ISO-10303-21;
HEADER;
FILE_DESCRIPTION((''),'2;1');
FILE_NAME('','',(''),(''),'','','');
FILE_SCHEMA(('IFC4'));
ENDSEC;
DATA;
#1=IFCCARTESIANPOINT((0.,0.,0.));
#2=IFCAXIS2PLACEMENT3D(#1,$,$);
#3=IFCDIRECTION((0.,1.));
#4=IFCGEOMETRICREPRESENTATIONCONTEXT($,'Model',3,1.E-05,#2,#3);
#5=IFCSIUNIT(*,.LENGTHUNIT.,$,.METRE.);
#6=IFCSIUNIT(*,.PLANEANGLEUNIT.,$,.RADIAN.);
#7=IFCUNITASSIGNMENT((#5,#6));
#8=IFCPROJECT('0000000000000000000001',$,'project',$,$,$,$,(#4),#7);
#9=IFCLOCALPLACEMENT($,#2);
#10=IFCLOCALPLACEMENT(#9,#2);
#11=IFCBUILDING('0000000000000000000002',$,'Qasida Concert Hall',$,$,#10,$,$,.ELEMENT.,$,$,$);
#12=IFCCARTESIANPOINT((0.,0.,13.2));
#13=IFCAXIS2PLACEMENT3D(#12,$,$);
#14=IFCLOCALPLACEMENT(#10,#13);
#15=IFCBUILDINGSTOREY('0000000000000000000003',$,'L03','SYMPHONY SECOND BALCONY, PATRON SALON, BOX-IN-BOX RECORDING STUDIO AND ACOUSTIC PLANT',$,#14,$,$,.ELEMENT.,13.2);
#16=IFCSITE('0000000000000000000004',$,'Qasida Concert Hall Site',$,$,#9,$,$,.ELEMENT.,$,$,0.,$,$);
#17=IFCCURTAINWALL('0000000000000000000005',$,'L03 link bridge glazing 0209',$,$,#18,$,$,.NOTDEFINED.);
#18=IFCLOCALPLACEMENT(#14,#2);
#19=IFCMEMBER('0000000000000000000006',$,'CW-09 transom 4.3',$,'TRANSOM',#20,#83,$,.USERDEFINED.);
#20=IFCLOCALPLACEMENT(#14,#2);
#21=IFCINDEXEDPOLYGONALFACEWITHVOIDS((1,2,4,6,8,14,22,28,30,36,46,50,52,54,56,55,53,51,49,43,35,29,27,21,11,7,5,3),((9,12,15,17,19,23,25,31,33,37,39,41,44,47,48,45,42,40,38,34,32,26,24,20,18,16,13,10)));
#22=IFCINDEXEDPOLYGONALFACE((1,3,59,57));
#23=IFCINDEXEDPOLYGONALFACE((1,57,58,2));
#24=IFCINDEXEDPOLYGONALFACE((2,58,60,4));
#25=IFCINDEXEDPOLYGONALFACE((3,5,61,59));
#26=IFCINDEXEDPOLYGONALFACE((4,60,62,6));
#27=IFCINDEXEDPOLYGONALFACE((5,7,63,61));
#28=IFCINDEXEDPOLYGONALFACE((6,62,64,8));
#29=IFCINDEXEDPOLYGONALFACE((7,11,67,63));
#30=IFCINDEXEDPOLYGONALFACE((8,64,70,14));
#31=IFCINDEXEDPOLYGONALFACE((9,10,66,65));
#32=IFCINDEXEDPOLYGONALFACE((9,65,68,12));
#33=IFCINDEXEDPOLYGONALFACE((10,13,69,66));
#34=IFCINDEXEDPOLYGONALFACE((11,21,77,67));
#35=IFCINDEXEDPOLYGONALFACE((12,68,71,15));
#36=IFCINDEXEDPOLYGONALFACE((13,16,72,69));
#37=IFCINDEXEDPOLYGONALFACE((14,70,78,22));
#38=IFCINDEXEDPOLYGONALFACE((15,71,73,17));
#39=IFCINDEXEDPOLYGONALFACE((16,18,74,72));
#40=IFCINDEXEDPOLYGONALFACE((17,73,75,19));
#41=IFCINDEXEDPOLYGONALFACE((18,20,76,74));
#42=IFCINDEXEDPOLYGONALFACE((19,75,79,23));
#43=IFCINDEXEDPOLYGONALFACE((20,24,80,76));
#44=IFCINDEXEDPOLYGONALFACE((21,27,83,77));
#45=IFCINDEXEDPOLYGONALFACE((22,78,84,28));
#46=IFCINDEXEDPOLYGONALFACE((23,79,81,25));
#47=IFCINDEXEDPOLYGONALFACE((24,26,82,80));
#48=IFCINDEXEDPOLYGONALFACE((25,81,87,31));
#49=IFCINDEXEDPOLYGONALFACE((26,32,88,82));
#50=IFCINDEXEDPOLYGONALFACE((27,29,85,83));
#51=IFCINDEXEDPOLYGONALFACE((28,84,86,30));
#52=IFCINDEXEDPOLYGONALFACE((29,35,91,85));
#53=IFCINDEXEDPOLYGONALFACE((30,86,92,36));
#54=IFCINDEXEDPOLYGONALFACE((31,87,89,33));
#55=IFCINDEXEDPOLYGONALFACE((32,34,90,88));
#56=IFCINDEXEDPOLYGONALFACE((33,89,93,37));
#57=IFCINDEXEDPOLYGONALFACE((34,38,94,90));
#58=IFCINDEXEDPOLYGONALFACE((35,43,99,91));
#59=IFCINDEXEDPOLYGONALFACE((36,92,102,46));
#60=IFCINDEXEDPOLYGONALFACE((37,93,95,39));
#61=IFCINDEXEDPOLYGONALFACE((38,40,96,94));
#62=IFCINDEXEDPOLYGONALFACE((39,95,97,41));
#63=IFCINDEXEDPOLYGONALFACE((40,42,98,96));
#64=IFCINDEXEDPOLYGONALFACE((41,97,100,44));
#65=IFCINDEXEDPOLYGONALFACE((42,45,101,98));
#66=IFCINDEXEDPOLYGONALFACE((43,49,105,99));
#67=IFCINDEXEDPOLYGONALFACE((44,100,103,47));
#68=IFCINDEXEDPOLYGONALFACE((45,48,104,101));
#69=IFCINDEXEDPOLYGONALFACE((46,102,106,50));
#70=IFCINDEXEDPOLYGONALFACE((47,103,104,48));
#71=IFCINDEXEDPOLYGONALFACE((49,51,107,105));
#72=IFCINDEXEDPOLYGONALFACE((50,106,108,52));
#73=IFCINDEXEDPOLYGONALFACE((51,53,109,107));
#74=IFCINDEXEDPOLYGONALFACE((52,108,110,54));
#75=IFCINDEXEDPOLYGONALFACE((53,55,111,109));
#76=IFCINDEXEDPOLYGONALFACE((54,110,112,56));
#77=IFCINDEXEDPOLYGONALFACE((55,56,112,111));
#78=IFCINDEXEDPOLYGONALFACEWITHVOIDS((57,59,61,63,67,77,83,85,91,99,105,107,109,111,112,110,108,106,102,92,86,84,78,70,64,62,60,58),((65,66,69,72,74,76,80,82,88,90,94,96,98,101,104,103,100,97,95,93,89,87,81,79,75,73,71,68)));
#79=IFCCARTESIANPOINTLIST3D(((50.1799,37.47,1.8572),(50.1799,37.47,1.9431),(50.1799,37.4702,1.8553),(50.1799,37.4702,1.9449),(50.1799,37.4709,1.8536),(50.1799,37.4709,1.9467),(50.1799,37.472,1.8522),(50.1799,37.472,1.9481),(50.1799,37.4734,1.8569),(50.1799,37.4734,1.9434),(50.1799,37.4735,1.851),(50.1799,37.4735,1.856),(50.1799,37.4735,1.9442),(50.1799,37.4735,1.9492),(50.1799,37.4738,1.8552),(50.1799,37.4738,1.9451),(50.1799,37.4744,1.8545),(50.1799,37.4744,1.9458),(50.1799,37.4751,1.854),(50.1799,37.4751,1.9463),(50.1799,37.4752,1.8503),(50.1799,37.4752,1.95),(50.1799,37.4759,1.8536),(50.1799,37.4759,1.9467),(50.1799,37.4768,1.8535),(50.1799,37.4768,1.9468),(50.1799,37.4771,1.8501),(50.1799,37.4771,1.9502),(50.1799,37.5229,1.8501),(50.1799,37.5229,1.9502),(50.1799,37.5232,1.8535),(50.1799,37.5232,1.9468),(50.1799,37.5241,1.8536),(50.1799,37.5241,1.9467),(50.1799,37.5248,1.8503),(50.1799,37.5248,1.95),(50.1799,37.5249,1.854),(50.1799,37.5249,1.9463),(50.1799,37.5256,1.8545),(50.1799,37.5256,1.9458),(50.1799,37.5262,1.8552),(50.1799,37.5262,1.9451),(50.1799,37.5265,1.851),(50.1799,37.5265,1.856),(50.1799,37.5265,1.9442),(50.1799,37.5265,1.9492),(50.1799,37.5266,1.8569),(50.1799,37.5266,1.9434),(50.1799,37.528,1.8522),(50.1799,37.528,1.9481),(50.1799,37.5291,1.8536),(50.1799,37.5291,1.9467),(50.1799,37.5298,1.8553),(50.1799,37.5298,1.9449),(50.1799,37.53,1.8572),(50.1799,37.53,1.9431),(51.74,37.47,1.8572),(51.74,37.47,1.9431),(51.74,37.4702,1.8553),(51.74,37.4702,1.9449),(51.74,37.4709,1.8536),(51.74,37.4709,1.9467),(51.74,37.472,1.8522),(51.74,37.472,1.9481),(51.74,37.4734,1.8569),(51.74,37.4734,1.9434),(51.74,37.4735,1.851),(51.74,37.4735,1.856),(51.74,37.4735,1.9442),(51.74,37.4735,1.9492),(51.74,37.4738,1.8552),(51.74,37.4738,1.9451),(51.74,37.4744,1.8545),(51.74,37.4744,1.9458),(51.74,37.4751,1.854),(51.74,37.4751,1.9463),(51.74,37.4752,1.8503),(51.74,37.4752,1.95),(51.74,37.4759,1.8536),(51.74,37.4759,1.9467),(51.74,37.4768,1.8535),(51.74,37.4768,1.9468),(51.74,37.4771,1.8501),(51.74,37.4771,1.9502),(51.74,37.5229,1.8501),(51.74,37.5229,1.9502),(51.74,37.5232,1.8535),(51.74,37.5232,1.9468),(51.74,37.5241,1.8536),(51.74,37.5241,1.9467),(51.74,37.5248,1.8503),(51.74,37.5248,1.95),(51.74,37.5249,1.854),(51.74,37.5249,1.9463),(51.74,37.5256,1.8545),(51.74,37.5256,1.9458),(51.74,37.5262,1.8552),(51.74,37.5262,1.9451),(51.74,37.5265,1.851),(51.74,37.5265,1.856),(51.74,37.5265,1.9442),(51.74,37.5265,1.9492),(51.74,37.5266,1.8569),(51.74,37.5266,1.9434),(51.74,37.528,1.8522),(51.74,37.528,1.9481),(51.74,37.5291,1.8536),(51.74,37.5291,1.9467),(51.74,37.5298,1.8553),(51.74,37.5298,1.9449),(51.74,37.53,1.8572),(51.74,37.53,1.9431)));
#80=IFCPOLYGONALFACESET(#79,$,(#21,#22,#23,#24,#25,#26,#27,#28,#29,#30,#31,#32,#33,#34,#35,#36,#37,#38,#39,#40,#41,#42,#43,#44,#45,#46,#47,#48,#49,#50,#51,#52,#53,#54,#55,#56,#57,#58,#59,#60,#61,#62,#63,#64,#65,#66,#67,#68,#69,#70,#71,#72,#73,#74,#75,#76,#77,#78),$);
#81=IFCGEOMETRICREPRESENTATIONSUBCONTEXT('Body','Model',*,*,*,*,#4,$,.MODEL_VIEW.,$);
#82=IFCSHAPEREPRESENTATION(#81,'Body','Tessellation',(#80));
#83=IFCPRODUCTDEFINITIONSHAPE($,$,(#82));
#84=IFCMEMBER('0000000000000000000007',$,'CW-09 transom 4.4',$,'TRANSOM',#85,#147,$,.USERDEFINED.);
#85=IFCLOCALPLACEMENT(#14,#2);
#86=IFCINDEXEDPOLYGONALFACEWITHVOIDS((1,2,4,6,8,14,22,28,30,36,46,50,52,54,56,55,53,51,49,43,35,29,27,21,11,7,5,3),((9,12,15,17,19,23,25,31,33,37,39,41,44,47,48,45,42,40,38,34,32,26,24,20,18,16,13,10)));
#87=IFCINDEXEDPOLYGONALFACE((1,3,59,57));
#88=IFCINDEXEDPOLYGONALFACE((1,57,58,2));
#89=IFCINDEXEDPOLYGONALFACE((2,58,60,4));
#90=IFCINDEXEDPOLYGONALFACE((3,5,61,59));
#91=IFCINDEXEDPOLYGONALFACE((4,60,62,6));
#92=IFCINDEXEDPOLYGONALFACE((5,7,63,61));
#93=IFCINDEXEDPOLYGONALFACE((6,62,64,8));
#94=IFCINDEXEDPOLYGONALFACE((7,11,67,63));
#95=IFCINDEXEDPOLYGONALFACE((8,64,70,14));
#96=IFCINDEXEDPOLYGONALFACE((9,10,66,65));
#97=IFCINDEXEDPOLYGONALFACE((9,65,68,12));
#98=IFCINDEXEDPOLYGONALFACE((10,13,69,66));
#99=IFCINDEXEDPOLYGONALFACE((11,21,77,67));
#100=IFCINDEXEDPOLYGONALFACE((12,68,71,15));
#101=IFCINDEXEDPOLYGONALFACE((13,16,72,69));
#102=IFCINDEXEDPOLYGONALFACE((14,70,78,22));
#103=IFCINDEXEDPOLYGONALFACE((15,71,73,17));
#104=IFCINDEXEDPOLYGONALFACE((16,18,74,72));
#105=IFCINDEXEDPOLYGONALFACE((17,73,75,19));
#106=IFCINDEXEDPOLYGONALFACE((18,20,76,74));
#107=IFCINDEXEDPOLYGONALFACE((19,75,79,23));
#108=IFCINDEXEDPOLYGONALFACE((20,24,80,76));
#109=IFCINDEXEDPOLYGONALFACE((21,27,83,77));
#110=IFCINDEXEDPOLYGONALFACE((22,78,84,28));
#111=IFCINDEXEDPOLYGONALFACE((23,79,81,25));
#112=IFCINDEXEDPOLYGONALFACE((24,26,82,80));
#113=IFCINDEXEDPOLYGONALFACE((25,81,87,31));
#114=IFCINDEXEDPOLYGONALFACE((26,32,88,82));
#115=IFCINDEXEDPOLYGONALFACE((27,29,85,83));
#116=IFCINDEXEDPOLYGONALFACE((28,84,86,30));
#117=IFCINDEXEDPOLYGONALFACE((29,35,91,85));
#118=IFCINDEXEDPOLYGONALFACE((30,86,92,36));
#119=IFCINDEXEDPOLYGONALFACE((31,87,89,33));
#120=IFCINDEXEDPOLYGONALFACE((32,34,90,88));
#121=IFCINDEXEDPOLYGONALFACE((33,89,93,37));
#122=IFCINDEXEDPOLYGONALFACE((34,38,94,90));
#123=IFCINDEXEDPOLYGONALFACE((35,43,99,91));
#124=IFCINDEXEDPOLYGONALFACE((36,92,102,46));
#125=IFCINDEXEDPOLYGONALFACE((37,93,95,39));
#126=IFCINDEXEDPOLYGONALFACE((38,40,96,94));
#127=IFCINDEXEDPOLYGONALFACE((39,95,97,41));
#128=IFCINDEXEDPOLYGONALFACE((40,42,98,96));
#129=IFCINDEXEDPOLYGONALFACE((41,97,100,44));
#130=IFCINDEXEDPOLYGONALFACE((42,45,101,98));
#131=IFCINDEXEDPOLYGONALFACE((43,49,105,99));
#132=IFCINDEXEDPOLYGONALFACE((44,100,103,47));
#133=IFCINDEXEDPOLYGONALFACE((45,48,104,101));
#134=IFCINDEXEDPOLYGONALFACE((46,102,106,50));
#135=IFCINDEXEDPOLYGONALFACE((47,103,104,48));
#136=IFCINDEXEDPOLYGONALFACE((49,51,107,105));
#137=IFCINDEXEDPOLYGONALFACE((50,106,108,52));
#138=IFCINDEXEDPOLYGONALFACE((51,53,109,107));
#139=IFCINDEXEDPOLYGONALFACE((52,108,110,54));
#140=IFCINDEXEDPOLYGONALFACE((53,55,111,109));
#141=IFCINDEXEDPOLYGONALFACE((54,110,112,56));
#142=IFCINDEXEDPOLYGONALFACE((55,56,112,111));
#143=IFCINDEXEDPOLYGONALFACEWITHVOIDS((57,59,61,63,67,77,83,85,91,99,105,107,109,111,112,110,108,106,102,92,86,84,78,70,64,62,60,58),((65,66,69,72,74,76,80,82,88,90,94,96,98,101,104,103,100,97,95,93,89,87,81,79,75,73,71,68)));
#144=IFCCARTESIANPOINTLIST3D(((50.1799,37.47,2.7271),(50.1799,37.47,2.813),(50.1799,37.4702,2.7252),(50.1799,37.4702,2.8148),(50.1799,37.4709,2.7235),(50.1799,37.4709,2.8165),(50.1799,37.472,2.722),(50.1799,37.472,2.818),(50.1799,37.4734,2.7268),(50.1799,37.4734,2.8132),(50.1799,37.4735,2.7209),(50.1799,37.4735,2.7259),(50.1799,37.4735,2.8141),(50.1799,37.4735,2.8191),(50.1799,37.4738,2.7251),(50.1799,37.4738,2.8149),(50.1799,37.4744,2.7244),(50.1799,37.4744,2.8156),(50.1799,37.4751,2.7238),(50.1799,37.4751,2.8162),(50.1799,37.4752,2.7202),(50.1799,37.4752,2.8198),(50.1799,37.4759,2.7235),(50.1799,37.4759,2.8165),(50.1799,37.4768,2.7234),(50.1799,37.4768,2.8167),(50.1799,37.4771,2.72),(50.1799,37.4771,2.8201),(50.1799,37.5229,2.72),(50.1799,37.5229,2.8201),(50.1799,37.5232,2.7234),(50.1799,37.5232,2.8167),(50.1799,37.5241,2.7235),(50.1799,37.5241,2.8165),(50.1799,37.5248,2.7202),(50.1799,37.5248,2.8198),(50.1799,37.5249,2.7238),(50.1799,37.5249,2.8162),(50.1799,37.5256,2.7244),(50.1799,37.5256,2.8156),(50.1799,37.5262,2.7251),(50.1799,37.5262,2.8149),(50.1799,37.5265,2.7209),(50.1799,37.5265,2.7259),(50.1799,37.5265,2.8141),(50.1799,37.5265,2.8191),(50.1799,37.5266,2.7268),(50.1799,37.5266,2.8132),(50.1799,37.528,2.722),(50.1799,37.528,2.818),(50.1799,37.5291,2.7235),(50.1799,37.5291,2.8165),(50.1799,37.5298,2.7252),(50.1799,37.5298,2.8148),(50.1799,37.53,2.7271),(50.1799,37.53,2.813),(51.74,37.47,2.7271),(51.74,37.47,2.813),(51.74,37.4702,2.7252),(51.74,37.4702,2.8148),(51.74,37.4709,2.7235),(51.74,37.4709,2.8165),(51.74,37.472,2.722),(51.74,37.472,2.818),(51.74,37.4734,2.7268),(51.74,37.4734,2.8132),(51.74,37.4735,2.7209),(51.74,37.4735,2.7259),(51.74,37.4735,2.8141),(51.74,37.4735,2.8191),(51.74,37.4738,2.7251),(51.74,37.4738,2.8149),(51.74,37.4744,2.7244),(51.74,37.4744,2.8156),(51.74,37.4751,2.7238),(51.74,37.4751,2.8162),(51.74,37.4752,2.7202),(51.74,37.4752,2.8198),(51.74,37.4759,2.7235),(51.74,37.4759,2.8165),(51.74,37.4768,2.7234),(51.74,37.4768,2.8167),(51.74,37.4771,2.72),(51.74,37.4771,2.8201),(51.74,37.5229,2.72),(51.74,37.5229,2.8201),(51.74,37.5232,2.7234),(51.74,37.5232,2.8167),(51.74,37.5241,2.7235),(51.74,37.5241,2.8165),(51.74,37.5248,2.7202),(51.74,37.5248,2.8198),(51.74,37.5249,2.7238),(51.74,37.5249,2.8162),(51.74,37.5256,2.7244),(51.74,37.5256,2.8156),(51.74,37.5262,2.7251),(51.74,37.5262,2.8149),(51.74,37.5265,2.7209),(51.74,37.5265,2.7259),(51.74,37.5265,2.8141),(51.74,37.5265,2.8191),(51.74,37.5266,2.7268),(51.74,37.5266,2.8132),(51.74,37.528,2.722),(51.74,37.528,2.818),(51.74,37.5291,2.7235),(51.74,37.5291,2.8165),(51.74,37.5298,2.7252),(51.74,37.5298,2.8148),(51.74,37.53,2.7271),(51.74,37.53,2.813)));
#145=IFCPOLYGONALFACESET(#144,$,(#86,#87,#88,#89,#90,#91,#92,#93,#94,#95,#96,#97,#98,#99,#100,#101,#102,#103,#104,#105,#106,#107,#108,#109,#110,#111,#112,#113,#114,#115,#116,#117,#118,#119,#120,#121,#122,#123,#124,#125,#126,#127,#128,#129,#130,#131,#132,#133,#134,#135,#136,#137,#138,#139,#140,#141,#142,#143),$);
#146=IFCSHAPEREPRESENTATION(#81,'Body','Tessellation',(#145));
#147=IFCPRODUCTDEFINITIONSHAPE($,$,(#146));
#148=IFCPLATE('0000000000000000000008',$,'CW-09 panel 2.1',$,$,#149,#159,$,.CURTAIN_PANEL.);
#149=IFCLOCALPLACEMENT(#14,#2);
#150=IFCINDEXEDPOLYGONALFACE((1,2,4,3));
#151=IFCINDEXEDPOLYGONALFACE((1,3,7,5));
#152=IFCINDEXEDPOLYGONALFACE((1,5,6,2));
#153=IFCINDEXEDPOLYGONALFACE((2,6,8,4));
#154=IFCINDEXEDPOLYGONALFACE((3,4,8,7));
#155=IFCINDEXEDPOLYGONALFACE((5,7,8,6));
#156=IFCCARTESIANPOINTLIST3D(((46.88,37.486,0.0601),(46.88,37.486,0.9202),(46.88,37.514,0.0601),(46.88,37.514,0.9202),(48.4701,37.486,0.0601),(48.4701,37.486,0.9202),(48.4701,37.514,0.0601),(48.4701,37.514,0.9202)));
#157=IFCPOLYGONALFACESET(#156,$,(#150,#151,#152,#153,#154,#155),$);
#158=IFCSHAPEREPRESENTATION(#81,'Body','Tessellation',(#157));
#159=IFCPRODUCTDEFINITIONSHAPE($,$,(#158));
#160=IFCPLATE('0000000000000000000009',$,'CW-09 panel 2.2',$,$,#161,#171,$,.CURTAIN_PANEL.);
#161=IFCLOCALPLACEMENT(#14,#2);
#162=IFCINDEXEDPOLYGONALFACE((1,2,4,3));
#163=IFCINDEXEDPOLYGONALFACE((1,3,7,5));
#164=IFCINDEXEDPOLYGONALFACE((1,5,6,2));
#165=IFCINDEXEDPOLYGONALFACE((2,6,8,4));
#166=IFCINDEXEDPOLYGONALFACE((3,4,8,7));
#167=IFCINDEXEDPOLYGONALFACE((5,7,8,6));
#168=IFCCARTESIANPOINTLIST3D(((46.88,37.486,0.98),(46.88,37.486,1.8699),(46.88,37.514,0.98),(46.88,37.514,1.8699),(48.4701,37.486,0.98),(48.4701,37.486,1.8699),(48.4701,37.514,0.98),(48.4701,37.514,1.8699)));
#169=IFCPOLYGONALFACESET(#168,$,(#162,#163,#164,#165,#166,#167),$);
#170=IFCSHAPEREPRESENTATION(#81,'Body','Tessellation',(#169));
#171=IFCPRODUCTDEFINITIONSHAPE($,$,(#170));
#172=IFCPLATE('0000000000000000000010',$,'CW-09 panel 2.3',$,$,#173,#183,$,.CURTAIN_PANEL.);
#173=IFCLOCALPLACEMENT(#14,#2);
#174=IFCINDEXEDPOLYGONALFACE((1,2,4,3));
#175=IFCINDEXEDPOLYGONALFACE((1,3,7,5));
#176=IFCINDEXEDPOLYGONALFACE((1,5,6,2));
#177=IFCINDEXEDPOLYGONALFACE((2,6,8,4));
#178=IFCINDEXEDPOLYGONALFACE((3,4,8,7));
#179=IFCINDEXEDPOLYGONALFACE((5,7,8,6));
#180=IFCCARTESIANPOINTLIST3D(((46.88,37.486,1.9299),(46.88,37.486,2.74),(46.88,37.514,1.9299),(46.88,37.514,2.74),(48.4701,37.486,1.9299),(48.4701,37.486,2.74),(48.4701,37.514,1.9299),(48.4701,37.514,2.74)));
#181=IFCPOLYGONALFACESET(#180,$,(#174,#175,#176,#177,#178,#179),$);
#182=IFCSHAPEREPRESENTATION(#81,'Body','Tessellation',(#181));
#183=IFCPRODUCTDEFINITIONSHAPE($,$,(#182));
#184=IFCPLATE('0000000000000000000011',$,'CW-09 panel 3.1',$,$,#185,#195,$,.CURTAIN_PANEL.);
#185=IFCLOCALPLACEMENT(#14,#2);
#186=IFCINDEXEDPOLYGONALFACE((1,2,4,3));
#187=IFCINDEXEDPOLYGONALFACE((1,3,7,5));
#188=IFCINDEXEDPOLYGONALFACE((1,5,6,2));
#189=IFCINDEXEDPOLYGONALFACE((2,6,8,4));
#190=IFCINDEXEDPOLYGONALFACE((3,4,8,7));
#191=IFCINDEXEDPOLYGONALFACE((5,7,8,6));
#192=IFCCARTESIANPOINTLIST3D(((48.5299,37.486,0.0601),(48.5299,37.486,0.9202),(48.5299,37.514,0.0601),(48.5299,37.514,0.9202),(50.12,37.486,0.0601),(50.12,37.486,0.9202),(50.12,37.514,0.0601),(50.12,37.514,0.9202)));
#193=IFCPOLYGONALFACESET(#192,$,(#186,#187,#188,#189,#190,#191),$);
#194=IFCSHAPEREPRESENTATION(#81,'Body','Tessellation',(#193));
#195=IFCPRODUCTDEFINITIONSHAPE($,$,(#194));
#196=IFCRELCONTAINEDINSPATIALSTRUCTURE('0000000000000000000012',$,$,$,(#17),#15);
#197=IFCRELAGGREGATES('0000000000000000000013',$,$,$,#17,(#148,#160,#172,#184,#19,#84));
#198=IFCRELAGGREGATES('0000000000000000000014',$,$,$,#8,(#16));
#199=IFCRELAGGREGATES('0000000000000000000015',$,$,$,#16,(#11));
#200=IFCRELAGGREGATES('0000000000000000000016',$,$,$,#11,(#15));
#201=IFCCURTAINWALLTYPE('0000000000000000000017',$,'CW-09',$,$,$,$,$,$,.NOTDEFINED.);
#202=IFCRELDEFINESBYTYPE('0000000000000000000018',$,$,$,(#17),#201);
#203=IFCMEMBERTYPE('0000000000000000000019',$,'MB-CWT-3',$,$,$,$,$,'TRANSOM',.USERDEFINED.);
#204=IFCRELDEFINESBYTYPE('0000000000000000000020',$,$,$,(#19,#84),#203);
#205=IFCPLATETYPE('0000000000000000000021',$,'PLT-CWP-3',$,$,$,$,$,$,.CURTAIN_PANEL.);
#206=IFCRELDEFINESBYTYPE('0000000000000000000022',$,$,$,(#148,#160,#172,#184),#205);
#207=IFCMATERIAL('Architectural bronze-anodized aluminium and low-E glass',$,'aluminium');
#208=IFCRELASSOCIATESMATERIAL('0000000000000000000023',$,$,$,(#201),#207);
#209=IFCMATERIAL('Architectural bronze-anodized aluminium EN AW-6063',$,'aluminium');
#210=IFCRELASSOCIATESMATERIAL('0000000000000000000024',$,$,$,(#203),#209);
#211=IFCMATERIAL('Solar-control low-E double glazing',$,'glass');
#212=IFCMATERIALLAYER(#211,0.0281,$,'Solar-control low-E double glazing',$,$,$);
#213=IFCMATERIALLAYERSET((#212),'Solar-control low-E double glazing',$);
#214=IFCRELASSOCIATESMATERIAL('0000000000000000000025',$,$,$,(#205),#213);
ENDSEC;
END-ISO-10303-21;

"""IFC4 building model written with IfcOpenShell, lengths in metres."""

from ifc_helpers import new_model, si_unit, direction, frame, origin, origin_2d, place, context, subcontext, project, spatial, rectangle, hollow_rectangle, extrude, material, layer, layer_set, material_profile, profile_set, type_object, element, aggregate, save


model = new_model("IFC4")

# Units and contexts
model_context = context("Model", 3, precision=1e-05, world=origin(), true_north=direction((0.0, 1.0)))
body_context = subcontext(model_context, "Body", "Model", "MODEL_VIEW")
ifc_project = project(units=[si_unit("LENGTHUNIT", "METRE"), si_unit("PLANEANGLEUNIT", "RADIAN")], contexts=[model_context])

# Site, building, storey
site_placement = place(None, origin())
site = spatial("IfcSite", under=ifc_project, at=site_placement, Name="Qasida Concert Hall Site", CompositionType="ELEMENT", RefElevation=0.0)
building_placement = place(site_placement, origin())
building = spatial("IfcBuilding", under=site, at=building_placement, Name="Qasida Concert Hall", CompositionType="ELEMENT")
storey_placement = place(building_placement, frame((0.0, 0.0, 13.2)))
storey = spatial("IfcBuildingStorey", under=building, at=storey_placement, Name="L03", Description="SYMPHONY SECOND BALCONY, PATRON SALON, BOX-IN-BOX RECORDING STUDIO AND ACOUSTIC PLANT", CompositionType="ELEMENT", Elevation=13.2)

# Curtain wall, members, plates
ifc_material_1 = material(Name="Architectural bronze-anodized aluminium and low-E glass", Category="aluminium")
curtain_wall_type = type_object("IfcCurtainWallType", Name="CW-09", PredefinedType="NOTDEFINED", material=ifc_material_1)
curtain_wall_placement = place(storey_placement, origin())
curtain_wall = element("IfcCurtainWall", 1, at=curtain_wall_placement, inside=storey, type_object=curtain_wall_type, Name="L03 link bridge glazing 0209", PredefinedType="NOTDEFINED")
ifc_material_2 = material(Name="Architectural bronze-anodized aluminium EN AW-6063", Category="aluminium")
ifc_material_profile_1 = material_profile(ifc_material_2, hollow_rectangle(XDim=0.0601, YDim=0.1001, WallThickness=0.0034, InnerFilletRadius=0.0034, OuterFilletRadius=0.0071, at=origin_2d()), Name="CWT 100x60x3.5")
ifc_profile_set_1 = profile_set([ifc_material_profile_1], Name="Architectural bronze-anodized aluminium EN AW-6063")
member_type_1 = type_object("IfcMemberType", Name="MB-CWT-3", ElementType="TRANSOM", PredefinedType="USERDEFINED", material=ifc_profile_set_1)
member_1_placement = place(storey_placement, frame((50.1799, 37.5, 1.9001), z_axis=(1.0, 0.0, 0.0), x_axis=(0.0, 1.0, 0.0)))
member_1 = element("IfcMember", 2, at=member_1_placement, type_object=member_type_1, Name="CW-09 transom 4.3", ObjectType="TRANSOM", PredefinedType="USERDEFINED", context=body_context, shape_type="SweptSolid", body=[
    extrude(hollow_rectangle(XDim=0.0601, YDim=0.1001, WallThickness=0.0034, InnerFilletRadius=0.0034, OuterFilletRadius=0.0071, at=origin_2d()), origin(), (0.0, 0.0, 1.0), 1.5601),
])
member_2_placement = place(storey_placement, frame((50.1799, 37.5, 2.77), z_axis=(1.0, 0.0, 0.0), x_axis=(0.0, 1.0, 0.0)))
member_2 = element("IfcMember", 3, at=member_2_placement, type_object=member_type_1, Name="CW-09 transom 4.4", ObjectType="TRANSOM", PredefinedType="USERDEFINED", context=body_context, shape_type="SweptSolid", body=[
    extrude(hollow_rectangle(XDim=0.0601, YDim=0.1001, WallThickness=0.0034, InnerFilletRadius=0.0034, OuterFilletRadius=0.0071, at=origin_2d()), origin(), (0.0, 0.0, 1.0), 1.5601),
])
ifc_material_3 = material(Name="Solar-control low-E double glazing", Category="glass")
ifc_layer_1 = layer(ifc_material_3, 0.0281, Name="Solar-control low-E double glazing")
ifc_layer_set_1 = layer_set([ifc_layer_1], Name="Solar-control low-E double glazing")
plate_type = type_object("IfcPlateType", Name="PLT-CWP-3", PredefinedType="CURTAIN_PANEL", material=ifc_layer_set_1)
plate_1_placement = place(storey_placement, frame((47.675, 37.5, 0.0601), z_axis=(0.0, 0.0, 1.0), x_axis=(1.0, 0.0, 0.0)))
plate_1 = element("IfcPlate", 4, at=plate_1_placement, type_object=plate_type, Name="CW-09 panel 2.1", PredefinedType="CURTAIN_PANEL", context=body_context, shape_type="SweptSolid", body=[
    extrude(rectangle(XDim=1.5901, YDim=0.0281, at=origin_2d()), origin(), (0.0, 0.0, 1.0), 0.8601),
])
plate_2_placement = place(storey_placement, frame((47.675, 37.5, 0.98), z_axis=(0.0, 0.0, 1.0), x_axis=(1.0, 0.0, 0.0)))
plate_2 = element("IfcPlate", 5, at=plate_2_placement, type_object=plate_type, Name="CW-09 panel 2.2", PredefinedType="CURTAIN_PANEL", context=body_context, shape_type="SweptSolid", body=[
    extrude(rectangle(XDim=1.5901, YDim=0.0281, at=origin_2d()), origin(), (0.0, 0.0, 1.0), 0.8899),
])
plate_3_placement = place(storey_placement, frame((47.675, 37.5, 1.9299), z_axis=(0.0, 0.0, 1.0), x_axis=(1.0, 0.0, 0.0)))
plate_3 = element("IfcPlate", 6, at=plate_3_placement, type_object=plate_type, Name="CW-09 panel 2.3", PredefinedType="CURTAIN_PANEL", context=body_context, shape_type="SweptSolid", body=[
    extrude(rectangle(XDim=1.5901, YDim=0.0281, at=origin_2d()), origin(), (0.0, 0.0, 1.0), 0.8101),
])
plate_4_placement = place(storey_placement, frame((49.325, 37.5, 0.0601), z_axis=(0.0, 0.0, 1.0), x_axis=(1.0, 0.0, 0.0)))
plate_4 = element("IfcPlate", 7, at=plate_4_placement, type_object=plate_type, Name="CW-09 panel 3.1", PredefinedType="CURTAIN_PANEL", context=body_context, shape_type="SweptSolid", body=[
    extrude(rectangle(XDim=1.5901, YDim=0.0281, at=origin_2d()), origin(), (0.0, 0.0, 1.0), 0.8601),
])
aggregate(curtain_wall, [plate_1, plate_2, plate_3, plate_4, member_1, member_2])

save(model, "model.ifc")
